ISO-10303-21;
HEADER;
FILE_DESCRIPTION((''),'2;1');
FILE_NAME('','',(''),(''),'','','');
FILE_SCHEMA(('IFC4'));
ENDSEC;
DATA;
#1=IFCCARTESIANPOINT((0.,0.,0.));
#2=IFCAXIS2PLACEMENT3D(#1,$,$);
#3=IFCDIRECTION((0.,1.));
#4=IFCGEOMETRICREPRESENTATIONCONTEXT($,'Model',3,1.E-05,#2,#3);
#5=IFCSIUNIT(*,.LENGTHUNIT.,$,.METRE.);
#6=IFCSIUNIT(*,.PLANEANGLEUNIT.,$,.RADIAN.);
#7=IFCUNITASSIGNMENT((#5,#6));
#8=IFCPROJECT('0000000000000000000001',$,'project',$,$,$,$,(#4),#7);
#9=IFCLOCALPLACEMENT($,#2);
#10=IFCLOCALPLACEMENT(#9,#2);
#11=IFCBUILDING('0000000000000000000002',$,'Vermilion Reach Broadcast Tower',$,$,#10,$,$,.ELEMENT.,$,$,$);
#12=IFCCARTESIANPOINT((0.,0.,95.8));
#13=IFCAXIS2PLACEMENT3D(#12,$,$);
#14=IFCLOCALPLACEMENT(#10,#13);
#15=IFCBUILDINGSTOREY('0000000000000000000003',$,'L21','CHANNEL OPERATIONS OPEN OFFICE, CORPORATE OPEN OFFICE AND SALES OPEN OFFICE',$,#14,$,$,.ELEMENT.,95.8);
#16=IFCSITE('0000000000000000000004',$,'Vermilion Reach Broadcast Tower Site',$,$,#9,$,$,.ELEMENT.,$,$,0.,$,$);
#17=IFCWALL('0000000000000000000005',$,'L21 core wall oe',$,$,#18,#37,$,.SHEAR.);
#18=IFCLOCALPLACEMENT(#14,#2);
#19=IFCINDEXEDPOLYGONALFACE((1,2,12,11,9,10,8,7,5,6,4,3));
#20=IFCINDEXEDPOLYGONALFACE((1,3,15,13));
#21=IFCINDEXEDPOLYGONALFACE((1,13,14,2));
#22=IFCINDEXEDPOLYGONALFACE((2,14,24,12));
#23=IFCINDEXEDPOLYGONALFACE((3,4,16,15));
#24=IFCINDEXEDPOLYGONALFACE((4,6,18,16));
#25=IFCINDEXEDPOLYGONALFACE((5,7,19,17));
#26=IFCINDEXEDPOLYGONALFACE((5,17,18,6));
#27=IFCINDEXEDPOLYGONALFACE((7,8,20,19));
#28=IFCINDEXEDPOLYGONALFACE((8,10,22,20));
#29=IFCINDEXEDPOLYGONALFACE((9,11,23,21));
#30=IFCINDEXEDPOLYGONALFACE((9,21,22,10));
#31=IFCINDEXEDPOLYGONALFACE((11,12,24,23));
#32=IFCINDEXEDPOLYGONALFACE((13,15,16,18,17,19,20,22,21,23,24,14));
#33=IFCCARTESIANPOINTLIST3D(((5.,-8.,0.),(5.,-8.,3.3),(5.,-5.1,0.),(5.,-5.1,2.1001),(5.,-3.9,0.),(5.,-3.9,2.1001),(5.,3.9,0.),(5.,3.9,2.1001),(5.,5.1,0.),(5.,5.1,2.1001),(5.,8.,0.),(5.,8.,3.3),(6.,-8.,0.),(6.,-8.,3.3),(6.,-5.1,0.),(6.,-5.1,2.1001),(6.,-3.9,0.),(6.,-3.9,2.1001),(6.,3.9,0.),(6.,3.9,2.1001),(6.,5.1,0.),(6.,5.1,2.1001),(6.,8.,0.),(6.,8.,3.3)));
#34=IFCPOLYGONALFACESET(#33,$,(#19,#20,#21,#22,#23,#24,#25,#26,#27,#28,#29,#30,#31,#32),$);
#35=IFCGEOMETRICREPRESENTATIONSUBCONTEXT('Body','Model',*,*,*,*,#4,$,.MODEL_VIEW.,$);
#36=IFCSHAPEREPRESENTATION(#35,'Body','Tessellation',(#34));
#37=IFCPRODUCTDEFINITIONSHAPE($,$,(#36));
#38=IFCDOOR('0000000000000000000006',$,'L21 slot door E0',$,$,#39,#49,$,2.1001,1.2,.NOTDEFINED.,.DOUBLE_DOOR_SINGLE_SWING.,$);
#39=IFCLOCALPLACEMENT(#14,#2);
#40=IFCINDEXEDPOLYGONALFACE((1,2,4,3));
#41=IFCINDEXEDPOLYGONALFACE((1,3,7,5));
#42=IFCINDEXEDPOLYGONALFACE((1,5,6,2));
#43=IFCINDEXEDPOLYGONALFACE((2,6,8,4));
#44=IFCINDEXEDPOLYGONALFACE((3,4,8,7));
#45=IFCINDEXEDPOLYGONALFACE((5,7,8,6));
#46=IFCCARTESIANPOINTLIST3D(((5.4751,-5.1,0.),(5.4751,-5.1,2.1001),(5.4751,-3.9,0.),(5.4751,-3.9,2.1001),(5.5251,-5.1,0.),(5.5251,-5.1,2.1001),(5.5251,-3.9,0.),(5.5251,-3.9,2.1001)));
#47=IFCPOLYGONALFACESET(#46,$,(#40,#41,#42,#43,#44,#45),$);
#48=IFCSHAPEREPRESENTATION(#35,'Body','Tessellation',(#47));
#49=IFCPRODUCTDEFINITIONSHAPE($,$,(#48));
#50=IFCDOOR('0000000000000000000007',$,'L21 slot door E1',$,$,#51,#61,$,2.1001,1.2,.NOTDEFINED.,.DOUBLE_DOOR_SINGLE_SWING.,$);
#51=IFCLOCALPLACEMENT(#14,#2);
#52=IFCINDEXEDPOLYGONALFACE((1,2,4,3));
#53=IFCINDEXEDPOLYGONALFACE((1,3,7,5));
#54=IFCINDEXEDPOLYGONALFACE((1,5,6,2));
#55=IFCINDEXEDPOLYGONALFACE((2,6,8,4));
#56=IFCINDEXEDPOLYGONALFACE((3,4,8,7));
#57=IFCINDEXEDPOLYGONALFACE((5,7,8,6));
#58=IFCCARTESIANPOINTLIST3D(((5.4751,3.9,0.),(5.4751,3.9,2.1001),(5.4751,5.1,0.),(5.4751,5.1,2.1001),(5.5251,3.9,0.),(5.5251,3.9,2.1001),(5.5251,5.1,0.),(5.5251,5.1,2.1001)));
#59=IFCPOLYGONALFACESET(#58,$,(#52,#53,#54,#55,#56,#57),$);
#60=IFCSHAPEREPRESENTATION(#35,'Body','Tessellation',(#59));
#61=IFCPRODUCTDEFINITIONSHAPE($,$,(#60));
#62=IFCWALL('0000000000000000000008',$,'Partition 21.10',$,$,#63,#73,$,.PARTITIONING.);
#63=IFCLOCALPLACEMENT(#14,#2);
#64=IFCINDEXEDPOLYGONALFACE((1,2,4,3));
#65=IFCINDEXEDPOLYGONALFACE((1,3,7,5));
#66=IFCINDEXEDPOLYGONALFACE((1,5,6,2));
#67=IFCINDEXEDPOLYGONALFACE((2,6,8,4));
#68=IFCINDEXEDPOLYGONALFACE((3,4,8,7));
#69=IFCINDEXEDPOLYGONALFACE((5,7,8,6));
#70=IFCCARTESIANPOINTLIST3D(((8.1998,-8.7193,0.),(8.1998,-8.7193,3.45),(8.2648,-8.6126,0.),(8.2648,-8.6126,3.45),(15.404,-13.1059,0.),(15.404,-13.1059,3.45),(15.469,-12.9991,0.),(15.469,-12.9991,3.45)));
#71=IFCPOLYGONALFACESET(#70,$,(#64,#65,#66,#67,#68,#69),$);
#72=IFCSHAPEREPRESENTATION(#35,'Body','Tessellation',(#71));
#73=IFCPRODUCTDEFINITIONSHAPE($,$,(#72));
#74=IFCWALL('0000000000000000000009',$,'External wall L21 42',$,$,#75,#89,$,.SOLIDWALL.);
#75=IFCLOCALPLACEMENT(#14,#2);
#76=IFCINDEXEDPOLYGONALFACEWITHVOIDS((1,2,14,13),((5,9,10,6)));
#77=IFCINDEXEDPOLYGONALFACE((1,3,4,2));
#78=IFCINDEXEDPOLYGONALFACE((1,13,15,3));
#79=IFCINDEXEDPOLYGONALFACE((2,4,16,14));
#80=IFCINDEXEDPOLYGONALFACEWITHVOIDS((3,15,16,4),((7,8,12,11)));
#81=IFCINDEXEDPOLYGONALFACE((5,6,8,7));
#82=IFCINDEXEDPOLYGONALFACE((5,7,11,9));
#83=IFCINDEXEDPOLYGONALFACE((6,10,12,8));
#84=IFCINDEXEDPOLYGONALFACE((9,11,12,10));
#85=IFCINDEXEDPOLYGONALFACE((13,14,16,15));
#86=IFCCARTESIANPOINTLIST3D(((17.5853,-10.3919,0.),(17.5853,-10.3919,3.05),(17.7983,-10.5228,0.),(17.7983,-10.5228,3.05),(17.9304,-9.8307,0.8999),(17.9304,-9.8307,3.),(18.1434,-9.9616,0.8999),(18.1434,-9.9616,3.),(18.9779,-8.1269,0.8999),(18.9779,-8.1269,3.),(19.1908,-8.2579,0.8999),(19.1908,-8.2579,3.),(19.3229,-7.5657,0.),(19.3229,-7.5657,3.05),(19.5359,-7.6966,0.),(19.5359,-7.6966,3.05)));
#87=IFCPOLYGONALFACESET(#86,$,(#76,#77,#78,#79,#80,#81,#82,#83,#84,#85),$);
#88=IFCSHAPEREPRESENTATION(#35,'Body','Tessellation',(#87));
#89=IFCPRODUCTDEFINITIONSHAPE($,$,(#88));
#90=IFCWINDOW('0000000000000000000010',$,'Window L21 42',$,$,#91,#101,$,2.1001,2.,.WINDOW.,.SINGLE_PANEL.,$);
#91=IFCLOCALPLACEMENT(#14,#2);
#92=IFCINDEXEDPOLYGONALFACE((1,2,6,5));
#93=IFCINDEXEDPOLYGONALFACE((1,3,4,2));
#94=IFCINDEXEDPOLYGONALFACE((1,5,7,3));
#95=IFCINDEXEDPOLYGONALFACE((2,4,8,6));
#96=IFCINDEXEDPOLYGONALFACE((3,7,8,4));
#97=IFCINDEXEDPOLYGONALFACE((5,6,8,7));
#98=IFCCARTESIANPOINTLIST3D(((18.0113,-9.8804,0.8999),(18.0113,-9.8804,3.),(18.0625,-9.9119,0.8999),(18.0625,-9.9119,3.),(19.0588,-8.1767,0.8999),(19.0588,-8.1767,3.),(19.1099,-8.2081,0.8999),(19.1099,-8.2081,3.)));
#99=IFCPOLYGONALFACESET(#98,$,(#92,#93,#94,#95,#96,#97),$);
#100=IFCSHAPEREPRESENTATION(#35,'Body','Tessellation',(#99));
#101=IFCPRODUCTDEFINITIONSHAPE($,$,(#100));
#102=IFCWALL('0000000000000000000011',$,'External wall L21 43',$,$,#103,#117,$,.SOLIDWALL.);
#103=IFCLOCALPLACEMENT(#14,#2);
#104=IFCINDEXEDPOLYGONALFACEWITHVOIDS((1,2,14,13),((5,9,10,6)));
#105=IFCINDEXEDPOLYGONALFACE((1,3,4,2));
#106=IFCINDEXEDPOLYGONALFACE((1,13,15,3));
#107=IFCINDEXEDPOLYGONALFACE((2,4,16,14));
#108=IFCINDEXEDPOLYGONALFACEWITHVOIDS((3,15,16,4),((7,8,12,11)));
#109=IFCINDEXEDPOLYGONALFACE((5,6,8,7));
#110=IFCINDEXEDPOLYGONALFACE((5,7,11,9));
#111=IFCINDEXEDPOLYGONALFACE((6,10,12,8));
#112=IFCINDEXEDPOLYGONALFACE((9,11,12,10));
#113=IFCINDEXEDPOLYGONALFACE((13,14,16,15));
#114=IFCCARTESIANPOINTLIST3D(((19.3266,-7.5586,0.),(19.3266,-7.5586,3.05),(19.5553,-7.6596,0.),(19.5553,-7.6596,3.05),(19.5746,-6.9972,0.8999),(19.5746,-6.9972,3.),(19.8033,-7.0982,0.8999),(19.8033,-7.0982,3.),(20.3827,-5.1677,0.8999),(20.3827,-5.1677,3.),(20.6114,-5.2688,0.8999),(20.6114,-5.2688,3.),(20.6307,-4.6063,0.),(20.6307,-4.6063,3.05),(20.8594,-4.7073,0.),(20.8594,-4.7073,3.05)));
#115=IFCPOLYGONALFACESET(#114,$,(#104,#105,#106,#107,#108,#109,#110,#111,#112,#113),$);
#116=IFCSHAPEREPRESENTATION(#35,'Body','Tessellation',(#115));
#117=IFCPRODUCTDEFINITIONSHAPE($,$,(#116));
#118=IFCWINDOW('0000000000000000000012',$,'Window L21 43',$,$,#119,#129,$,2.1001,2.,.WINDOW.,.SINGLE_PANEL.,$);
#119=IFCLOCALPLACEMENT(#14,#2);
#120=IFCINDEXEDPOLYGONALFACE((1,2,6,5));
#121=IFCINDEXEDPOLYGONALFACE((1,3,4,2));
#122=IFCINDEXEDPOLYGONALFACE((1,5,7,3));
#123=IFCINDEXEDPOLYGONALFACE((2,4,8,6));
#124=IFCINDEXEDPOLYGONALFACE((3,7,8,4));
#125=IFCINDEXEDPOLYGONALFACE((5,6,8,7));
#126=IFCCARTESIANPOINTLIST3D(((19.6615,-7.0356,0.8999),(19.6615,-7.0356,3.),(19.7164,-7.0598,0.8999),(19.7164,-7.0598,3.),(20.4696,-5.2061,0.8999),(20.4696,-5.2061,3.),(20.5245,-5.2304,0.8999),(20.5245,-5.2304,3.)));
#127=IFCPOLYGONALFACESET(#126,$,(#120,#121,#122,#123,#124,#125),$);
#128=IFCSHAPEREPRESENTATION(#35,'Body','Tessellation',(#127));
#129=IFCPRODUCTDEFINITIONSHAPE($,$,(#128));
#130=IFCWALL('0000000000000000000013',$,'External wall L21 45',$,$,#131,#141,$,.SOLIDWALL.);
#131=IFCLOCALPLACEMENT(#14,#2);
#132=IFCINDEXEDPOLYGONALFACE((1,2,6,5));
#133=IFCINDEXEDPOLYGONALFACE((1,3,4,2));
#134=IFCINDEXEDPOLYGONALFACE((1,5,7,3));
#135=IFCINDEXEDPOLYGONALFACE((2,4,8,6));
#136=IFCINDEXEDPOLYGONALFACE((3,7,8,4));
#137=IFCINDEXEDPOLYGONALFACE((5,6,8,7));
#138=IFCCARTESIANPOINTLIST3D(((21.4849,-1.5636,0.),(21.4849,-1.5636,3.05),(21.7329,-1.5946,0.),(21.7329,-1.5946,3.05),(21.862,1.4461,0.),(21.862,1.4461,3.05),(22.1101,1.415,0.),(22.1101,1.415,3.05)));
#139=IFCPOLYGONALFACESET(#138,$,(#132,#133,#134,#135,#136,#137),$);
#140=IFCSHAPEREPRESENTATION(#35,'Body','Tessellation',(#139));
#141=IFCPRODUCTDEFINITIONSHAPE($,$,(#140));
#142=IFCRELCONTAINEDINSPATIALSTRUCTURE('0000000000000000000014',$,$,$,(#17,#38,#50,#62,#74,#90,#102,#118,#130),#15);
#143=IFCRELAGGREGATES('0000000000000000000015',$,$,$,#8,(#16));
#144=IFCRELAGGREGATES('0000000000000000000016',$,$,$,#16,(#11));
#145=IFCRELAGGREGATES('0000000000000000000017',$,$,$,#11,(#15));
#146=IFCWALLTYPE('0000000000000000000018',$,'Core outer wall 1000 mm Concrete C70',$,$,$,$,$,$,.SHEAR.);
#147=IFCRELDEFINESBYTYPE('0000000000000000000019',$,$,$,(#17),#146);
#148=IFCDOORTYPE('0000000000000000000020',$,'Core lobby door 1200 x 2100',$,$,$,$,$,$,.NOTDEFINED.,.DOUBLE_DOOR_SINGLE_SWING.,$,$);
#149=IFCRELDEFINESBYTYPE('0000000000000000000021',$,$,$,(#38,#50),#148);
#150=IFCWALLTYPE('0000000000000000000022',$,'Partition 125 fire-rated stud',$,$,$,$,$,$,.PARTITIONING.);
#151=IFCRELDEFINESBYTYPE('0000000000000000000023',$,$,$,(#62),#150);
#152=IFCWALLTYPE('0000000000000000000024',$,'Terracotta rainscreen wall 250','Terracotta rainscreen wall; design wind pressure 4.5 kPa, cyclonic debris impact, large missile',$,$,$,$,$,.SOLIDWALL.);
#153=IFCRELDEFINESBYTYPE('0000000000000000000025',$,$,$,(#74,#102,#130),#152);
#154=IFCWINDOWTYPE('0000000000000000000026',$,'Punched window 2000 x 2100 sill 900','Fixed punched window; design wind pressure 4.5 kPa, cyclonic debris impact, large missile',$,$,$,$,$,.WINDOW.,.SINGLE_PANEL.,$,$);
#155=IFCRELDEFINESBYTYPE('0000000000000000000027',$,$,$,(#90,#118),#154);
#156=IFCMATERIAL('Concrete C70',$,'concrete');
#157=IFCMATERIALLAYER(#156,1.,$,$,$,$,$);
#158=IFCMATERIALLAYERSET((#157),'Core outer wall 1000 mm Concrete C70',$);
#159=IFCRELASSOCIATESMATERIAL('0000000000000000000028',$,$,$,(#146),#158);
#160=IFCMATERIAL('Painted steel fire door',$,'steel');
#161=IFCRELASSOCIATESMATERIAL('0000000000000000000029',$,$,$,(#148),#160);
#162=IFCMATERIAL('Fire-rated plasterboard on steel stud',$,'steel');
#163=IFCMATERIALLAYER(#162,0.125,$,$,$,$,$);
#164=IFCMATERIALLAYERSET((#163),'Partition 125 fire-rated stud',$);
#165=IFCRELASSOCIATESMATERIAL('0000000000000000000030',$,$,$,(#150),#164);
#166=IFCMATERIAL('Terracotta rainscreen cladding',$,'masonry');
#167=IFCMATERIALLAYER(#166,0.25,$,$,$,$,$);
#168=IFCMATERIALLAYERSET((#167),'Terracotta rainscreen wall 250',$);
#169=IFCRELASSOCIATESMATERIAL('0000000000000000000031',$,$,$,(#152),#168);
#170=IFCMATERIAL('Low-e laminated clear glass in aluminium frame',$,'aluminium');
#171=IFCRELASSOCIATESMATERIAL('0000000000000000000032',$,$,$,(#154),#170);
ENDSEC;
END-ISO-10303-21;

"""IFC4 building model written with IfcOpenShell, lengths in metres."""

from ifc_helpers import new_model, si_unit, direction, frame, frame_2d, origin, place, context, subcontext, project, spatial, rectangle, extrude, material, layer, layer_set, type_object, element, fill, save


model = new_model("IFC4")

# Units and contexts
model_context = context("Model", 3, precision=1e-05, world=origin(), true_north=direction((0.0, 1.0)))
body_context = subcontext(model_context, "Body", "Model", "MODEL_VIEW")
ifc_project = project(units=[si_unit("LENGTHUNIT", "METRE"), si_unit("PLANEANGLEUNIT", "RADIAN")], contexts=[model_context])

# Site, building, storey
site_placement = place(None, origin())
site = spatial("IfcSite", under=ifc_project, at=site_placement, Name="Vermilion Reach Broadcast Tower Site", CompositionType="ELEMENT", RefElevation=0.0)
building_placement = place(site_placement, origin())
building = spatial("IfcBuilding", under=site, at=building_placement, Name="Vermilion Reach Broadcast Tower", CompositionType="ELEMENT")
storey_placement = place(building_placement, frame((0.0, 0.0, 95.8)))
storey = spatial("IfcBuildingStorey", under=building, at=storey_placement, Name="L21", Description="CHANNEL OPERATIONS OPEN OFFICE, CORPORATE OPEN OFFICE AND SALES OPEN OFFICE", CompositionType="ELEMENT", Elevation=95.8)

# Wall, openings, doors
ifc_material_1 = material(Name="Concrete C70", Category="concrete")
ifc_layer_1 = layer(ifc_material_1, 1.0)
ifc_layer_set_1 = layer_set([ifc_layer_1], Name="Core outer wall 1000 mm Concrete C70")
wall_type_1 = type_object("IfcWallType", Name="Core outer wall 1000 mm Concrete C70", PredefinedType="SHEAR", material=ifc_layer_set_1)
wall_1_placement = place(storey_placement, frame((5.5, -8.0, 0.0), z_axis=(0.0, 0.0, 1.0), x_axis=(0.0, 1.0, 0.0)))
wall_1 = element("IfcWall", 1, at=wall_1_placement, inside=storey, type_object=wall_type_1, Name="L21 core wall oe", PredefinedType="SHEAR", context=body_context, shape_type="SweptSolid", body=[
    extrude(rectangle(XDim=16.0, YDim=1.0, at=frame_2d((8.0, 0.0))), origin(), (0.0, 0.0, 1.0), 3.3),
])
opening_1_placement = place(wall_1_placement, frame((2.8999, 0.0, 0.0)))
opening_1 = element("IfcOpeningElement", 2, at=opening_1_placement, cuts=wall_1, PredefinedType="OPENING", context=body_context, shape_type="SweptSolid", body=[
    extrude(rectangle(XDim=1.2, YDim=2.1001, at=frame_2d((0.6001, 1.05))), frame((0.0, 0.51, 0.0), z_axis=(0.0, -1.0, 0.0), x_axis=(1.0, 0.0, 0.0)), (0.0, 0.0, 1.0), 1.02),
])
opening_2_placement = place(wall_1_placement, frame((11.8999, 0.0, 0.0)))
opening_2 = element("IfcOpeningElement", 3, at=opening_2_placement, cuts=wall_1, PredefinedType="OPENING", context=body_context, shape_type="SweptSolid", body=[
    extrude(rectangle(XDim=1.2, YDim=2.1001, at=frame_2d((0.6001, 1.05))), frame((0.0, 0.51, 0.0), z_axis=(0.0, -1.0, 0.0), x_axis=(1.0, 0.0, 0.0)), (0.0, 0.0, 1.0), 1.02),
])
ifc_material_2 = material(Name="Painted steel fire door", Category="steel")
door_type_1 = type_object("IfcDoorType", Name="Core lobby door 1200 x 2100", OperationType="DOUBLE_DOOR_SINGLE_SWING", PredefinedType="NOTDEFINED", material=ifc_material_2)
door_1_placement = place(opening_1_placement, origin())
door_1 = element("IfcDoor", 4, at=door_1_placement, inside=storey, type_object=door_type_1, Name="L21 slot door E0", OperationType="DOUBLE_DOOR_SINGLE_SWING", OverallHeight=2.1001, OverallWidth=1.2, PredefinedType="NOTDEFINED", context=body_context, shape_type="SweptSolid", body=[
    extrude(rectangle(XDim=1.2, YDim=2.1001, at=frame_2d((0.6001, 1.05))), frame((0.0, 0.0249, 0.0), z_axis=(0.0, -1.0, 0.0), x_axis=(1.0, 0.0, 0.0)), (0.0, 0.0, 1.0), 0.05),
])
fill(opening_1, door_1)
door_2_placement = place(opening_2_placement, origin())
door_2 = element("IfcDoor", 5, at=door_2_placement, inside=storey, type_object=door_type_1, Name="L21 slot door E1", OperationType="DOUBLE_DOOR_SINGLE_SWING", OverallHeight=2.1001, OverallWidth=1.2, PredefinedType="NOTDEFINED", context=body_context, shape_type="SweptSolid", body=[
    extrude(rectangle(XDim=1.2, YDim=2.1001, at=frame_2d((0.6001, 1.05))), frame((0.0, 0.0249, 0.0), z_axis=(0.0, -1.0, 0.0), x_axis=(1.0, 0.0, 0.0)), (0.0, 0.0, 1.0), 0.05),
])
fill(opening_2, door_2)

# Wall
ifc_material_3 = material(Name="Fire-rated plasterboard on steel stud", Category="steel")
ifc_layer_2 = layer(ifc_material_3, 0.125)
ifc_layer_set_2 = layer_set([ifc_layer_2], Name="Partition 125 fire-rated stud")
wall_type_2 = type_object("IfcWallType", Name="Partition 125 fire-rated stud", PredefinedType="PARTITIONING", material=ifc_layer_set_2)
wall_2_placement = place(storey_placement, frame((15.4365, -13.0525, 0.0), z_axis=(0.0, 0.0, 1.0), x_axis=(-0.854126, 0.520065, 0.0)))
element("IfcWall", 6, at=wall_2_placement, inside=storey, type_object=wall_type_2, Name="Partition 21.10", PredefinedType="PARTITIONING", context=body_context, shape_type="SweptSolid", body=[
    extrude(rectangle(XDim=8.4346, YDim=0.125, at=frame_2d((4.2173, 0.0))), origin(), (0.0, 0.0, 1.0), 3.45),
])

# Walls, openings, windows
ifc_material_4 = material(Name="Terracotta rainscreen cladding", Category="masonry")
ifc_layer_3 = layer(ifc_material_4, 0.25)
ifc_layer_set_3 = layer_set([ifc_layer_3], Name="Terracotta rainscreen wall 250")
wall_type_3 = type_object("IfcWallType", Name="Terracotta rainscreen wall 250", Description="Terracotta rainscreen wall; design wind pressure 4.5 kPa, cyclonic debris impact, large missile", PredefinedType="SOLIDWALL", material=ifc_layer_set_3)
wall_3_placement = place(storey_placement, frame((17.6919, -10.4573, 0.0), z_axis=(0.0, 0.0, 1.0), x_axis=(0.52374, 0.851878, 0.0)))
wall_3 = element("IfcWall", 7, at=wall_3_placement, inside=storey, type_object=wall_type_3, Name="External wall L21 42", PredefinedType="SOLIDWALL", context=body_context, shape_type="SweptSolid", body=[
    extrude(rectangle(XDim=3.3176, YDim=0.25, at=frame_2d((1.6587, 0.0))), origin(), (0.0, 0.0, 1.0), 3.05),
])
opening_3_placement = place(wall_3_placement, frame((0.6587, 0.0, 0.8999)))
opening_3 = element("IfcOpeningElement", 8, at=opening_3_placement, cuts=wall_3, PredefinedType="OPENING", context=body_context, shape_type="SweptSolid", body=[
    extrude(rectangle(XDim=2.0, YDim=2.1001, at=frame_2d((1.0, 1.05))), frame((0.0, 0.135, 0.0), z_axis=(0.0, -1.0, 0.0), x_axis=(1.0, 0.0, 0.0)), (0.0, 0.0, 1.0), 0.27),
])
ifc_material_5 = material(Name="Low-e laminated clear glass in aluminium frame", Category="aluminium")
window_type = type_object("IfcWindowType", Name="Punched window 2000 x 2100 sill 900", Description="Fixed punched window; design wind pressure 4.5 kPa, cyclonic debris impact, large missile", PartitioningType="SINGLE_PANEL", PredefinedType="WINDOW", material=ifc_material_5)
window_1_placement = place(opening_3_placement, origin())
window_1 = element("IfcWindow", 9, at=window_1_placement, inside=storey, type_object=window_type, Name="Window L21 42", OverallHeight=2.1001, OverallWidth=2.0, PartitioningType="SINGLE_PANEL", PredefinedType="WINDOW", context=body_context, shape_type="SweptSolid", body=[
    extrude(rectangle(XDim=2.0, YDim=2.1001, at=frame_2d((1.0, 1.05))), frame((0.0, 0.03, 0.0), z_axis=(0.0, -1.0, 0.0), x_axis=(1.0, 0.0, 0.0)), (0.0, 0.0, 1.0), 0.0601),
])
fill(opening_3, window_1)
wall_4_placement = place(storey_placement, frame((19.4409, -7.6091, 0.0), z_axis=(0.0, 0.0, 1.0), x_axis=(0.404074, 0.914726, 0.0)))
wall_4 = element("IfcWall", 10, at=wall_4_placement, inside=storey, type_object=wall_type_3, Name="External wall L21 43", PredefinedType="SOLIDWALL", context=body_context, shape_type="SweptSolid", body=[
    extrude(rectangle(XDim=3.2275, YDim=0.25, at=frame_2d((1.6138, 0.0))), origin(), (0.0, 0.0, 1.0), 3.05),
])
opening_4_placement = place(wall_4_placement, frame((0.6138, 0.0, 0.8999)))
opening_4 = element("IfcOpeningElement", 11, at=opening_4_placement, cuts=wall_4, PredefinedType="OPENING", context=body_context, shape_type="SweptSolid", body=[
    extrude(rectangle(XDim=2.0, YDim=2.1001, at=frame_2d((1.0, 1.05))), frame((0.0, 0.135, 0.0), z_axis=(0.0, -1.0, 0.0), x_axis=(1.0, 0.0, 0.0)), (0.0, 0.0, 1.0), 0.27),
])
window_2_placement = place(opening_4_placement, origin())
window_2 = element("IfcWindow", 12, at=window_2_placement, inside=storey, type_object=window_type, Name="Window L21 43", OverallHeight=2.1001, OverallWidth=2.0, PartitioningType="SINGLE_PANEL", PredefinedType="WINDOW", context=body_context, shape_type="SweptSolid", body=[
    extrude(rectangle(XDim=2.0, YDim=2.1001, at=frame_2d((1.0, 1.05))), frame((0.0, 0.03, 0.0), z_axis=(0.0, -1.0, 0.0), x_axis=(1.0, 0.0, 0.0)), (0.0, 0.0, 1.0), 0.0601),
])
fill(opening_4, window_2)

# Wall
wall_5_placement = place(storey_placement, frame((21.6089, -1.5791, 0.0), z_axis=(0.0, 0.0, 1.0), x_axis=(0.124352, 0.992238, 0.0)))
element("IfcWall", 13, at=wall_5_placement, inside=storey, type_object=wall_type_3, Name="External wall L21 45", PredefinedType="SOLIDWALL", context=body_context, shape_type="SweptSolid", body=[
    extrude(rectangle(XDim=3.0332, YDim=0.25, at=frame_2d((1.5166, 0.0))), origin(), (0.0, 0.0, 1.0), 3.05),
])

save(model, "model.ifc")
